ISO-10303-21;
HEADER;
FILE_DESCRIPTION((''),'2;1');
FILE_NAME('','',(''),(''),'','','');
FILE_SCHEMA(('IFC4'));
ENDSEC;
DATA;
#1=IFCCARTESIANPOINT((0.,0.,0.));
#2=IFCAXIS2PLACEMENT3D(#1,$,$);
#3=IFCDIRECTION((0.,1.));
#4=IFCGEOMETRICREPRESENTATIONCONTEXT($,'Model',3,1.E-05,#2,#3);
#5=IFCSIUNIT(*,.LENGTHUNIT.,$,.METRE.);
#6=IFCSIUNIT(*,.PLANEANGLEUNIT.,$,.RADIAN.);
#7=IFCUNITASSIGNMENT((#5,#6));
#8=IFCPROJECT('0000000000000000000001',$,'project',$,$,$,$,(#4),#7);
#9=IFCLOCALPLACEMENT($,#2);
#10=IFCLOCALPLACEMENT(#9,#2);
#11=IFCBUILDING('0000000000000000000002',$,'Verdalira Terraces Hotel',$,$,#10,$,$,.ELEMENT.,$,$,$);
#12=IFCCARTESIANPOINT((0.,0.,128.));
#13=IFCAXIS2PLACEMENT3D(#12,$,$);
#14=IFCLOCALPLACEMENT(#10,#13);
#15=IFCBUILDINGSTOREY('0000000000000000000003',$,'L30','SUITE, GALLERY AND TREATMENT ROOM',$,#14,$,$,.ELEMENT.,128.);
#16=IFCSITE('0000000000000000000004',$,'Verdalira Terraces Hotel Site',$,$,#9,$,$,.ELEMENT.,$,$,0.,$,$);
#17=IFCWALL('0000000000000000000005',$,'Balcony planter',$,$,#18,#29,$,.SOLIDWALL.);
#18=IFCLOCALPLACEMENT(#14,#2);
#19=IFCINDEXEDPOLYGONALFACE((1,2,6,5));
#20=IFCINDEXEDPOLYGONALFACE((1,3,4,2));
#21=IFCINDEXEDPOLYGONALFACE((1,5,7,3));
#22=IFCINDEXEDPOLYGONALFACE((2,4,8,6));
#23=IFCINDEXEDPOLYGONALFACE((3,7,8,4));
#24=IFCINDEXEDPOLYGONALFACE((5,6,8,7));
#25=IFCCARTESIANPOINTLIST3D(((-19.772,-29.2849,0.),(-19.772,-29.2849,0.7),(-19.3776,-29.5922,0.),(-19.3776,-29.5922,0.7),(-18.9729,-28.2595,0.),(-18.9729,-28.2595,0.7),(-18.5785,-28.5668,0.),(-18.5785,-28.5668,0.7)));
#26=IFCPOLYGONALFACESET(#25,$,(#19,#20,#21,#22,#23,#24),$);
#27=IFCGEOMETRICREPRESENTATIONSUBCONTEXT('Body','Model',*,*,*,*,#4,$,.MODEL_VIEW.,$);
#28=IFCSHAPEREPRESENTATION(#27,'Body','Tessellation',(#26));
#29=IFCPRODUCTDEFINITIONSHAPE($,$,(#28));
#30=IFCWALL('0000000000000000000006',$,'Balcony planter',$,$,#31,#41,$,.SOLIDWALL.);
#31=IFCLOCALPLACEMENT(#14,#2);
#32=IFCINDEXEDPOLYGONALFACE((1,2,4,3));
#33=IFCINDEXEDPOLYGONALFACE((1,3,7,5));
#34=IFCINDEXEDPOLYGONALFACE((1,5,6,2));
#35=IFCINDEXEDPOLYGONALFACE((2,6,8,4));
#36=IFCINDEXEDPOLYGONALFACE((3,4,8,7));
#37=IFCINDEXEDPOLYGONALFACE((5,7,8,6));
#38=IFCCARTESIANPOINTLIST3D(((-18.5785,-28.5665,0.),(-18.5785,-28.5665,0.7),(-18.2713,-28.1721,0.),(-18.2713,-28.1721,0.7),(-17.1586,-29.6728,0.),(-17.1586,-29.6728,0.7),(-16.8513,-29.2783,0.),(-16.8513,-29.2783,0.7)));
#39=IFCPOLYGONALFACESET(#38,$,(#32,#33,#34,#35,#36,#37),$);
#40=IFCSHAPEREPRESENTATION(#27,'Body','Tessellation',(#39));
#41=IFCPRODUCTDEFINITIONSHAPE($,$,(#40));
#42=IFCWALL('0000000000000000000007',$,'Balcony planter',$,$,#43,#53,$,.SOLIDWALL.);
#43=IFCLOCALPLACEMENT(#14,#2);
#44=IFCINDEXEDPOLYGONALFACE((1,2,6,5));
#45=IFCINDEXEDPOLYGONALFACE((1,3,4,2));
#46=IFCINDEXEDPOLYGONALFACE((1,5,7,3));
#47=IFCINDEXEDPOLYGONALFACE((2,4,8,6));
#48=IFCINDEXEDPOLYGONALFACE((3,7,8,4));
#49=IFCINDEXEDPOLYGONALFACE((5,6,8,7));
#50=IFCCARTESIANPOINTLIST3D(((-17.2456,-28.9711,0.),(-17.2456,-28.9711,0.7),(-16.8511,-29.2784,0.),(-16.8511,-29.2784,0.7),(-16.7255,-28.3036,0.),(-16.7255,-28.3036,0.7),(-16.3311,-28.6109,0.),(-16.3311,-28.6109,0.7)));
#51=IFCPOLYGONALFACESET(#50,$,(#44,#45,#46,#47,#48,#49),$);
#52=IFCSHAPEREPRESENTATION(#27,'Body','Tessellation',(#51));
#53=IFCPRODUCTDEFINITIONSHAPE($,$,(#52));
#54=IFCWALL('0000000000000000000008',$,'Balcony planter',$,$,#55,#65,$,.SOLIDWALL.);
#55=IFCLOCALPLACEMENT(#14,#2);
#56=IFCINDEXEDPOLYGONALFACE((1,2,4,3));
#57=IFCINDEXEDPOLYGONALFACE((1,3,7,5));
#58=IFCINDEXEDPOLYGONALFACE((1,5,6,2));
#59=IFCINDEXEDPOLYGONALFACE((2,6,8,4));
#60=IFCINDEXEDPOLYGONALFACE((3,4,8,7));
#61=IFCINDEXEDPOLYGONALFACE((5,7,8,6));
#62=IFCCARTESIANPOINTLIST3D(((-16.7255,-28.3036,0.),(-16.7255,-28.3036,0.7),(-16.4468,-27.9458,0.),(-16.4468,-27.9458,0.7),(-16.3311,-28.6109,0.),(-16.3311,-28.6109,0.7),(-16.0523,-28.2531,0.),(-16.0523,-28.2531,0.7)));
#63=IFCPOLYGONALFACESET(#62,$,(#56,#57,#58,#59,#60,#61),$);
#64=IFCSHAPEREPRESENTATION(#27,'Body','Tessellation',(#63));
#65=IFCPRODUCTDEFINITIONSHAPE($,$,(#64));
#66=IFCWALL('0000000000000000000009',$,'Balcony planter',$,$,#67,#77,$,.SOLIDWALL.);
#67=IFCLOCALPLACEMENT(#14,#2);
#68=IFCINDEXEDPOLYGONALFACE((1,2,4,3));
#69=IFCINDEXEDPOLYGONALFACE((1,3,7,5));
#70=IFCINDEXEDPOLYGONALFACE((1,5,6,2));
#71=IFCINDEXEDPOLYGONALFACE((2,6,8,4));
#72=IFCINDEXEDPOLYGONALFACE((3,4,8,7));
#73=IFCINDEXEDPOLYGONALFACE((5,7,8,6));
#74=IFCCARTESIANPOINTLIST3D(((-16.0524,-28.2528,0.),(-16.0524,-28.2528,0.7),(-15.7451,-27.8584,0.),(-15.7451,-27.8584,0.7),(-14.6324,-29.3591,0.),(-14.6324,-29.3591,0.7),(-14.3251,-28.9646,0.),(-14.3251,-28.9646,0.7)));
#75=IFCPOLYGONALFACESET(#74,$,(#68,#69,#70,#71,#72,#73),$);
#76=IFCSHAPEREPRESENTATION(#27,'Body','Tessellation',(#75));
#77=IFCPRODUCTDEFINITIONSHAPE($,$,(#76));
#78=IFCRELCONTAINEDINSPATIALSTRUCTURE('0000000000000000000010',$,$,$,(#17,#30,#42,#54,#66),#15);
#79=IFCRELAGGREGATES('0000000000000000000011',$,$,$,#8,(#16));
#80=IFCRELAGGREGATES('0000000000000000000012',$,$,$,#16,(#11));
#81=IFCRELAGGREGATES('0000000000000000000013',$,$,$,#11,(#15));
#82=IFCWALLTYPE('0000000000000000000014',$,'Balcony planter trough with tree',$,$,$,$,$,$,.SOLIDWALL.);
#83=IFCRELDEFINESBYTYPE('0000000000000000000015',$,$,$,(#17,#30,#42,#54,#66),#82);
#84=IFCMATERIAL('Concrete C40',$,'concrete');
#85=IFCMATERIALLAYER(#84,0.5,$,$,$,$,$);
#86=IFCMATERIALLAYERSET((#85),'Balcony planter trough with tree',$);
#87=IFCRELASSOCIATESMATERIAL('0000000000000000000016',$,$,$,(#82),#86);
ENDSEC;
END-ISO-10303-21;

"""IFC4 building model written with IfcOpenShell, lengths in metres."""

from ifc_helpers import new_model, si_unit, direction, frame, frame_2d, origin, place, context, subcontext, project, spatial, rectangle, extrude, material, layer, layer_set, type_object, element, save


model = new_model("IFC4")

# Units and contexts
model_context = context("Model", 3, precision=1e-05, world=origin(), true_north=direction((0.0, 1.0)))
body_context = subcontext(model_context, "Body", "Model", "MODEL_VIEW")
ifc_project = project(units=[si_unit("LENGTHUNIT", "METRE"), si_unit("PLANEANGLEUNIT", "RADIAN")], contexts=[model_context])

# Site, building, storey
site_placement = place(None, origin())
site = spatial("IfcSite", under=ifc_project, at=site_placement, Name="Verdalira Terraces Hotel Site", CompositionType="ELEMENT", RefElevation=0.0)
building_placement = place(site_placement, origin())
building = spatial("IfcBuilding", under=site, at=building_placement, Name="Verdalira Terraces Hotel", CompositionType="ELEMENT")
storey_placement = place(building_placement, frame((0.0, 0.0, 128.0)))
storey = spatial("IfcBuildingStorey", under=building, at=storey_placement, Name="L30", Description="SUITE, GALLERY AND TREATMENT ROOM", CompositionType="ELEMENT", Elevation=128.0)

# Walls
ifc_material_1 = material(Name="Concrete C40", Category="concrete")
ifc_layer_1 = layer(ifc_material_1, 0.5)
ifc_layer_set_1 = layer_set([ifc_layer_1], Name="Balcony planter trough with tree")
wall_type = type_object("IfcWallType", Name="Balcony planter trough with tree", PredefinedType="SOLIDWALL", material=ifc_layer_set_1)
wall_1_placement = place(storey_placement, frame((-19.5747, -29.4385, 0.0), z_axis=(0.0, 0.0, 1.0), x_axis=(0.614681, 0.788775, 0.0)))
element("IfcWall", 1, at=wall_1_placement, inside=storey, type_object=wall_type, Name="Balcony planter", PredefinedType="SOLIDWALL", context=body_context, shape_type="SweptSolid", body=[
    extrude(rectangle(XDim=1.3, YDim=0.5, at=frame_2d((0.6499, 0.0))), origin(), (0.0, 0.0, 1.0), 0.7),
])
wall_2_placement = place(storey_placement, frame((-18.4248, -28.3694, 0.0), z_axis=(0.0, 0.0, 1.0), x_axis=(0.788863, -0.61457, 0.0)))
element("IfcWall", 2, at=wall_2_placement, inside=storey, type_object=wall_type, Name="Balcony planter", PredefinedType="SOLIDWALL", context=body_context, shape_type="SweptSolid", body=[
    extrude(rectangle(XDim=1.8, YDim=0.5, at=frame_2d((0.8999, 0.0))), origin(), (0.0, 0.0, 1.0), 0.7),
])
wall_3_placement = place(storey_placement, frame((-17.0483, -29.1248, 0.0), z_axis=(0.0, 0.0, 1.0), x_axis=(0.61458, 0.788855, 0.0)))
element("IfcWall", 3, at=wall_3_placement, inside=storey, type_object=wall_type, Name="Balcony planter", PredefinedType="SOLIDWALL", context=body_context, shape_type="SweptSolid", body=[
    extrude(rectangle(XDim=0.8462, YDim=0.5, at=frame_2d((0.4231, 0.0))), origin(), (0.0, 0.0, 1.0), 0.7),
])
wall_4_placement = place(storey_placement, frame((-16.5283, -28.4573, 0.0), z_axis=(0.0, 0.0, 1.0), x_axis=(0.614537, 0.788888, 0.0)))
element("IfcWall", 4, at=wall_4_placement, inside=storey, type_object=wall_type, Name="Balcony planter", PredefinedType="SOLIDWALL", context=body_context, shape_type="SweptSolid", body=[
    extrude(rectangle(XDim=0.4536, YDim=0.5, at=frame_2d((0.2268, 0.0))), origin(), (0.0, 0.0, 1.0), 0.7),
])
wall_5_placement = place(storey_placement, frame((-15.8987, -28.0557, 0.0), z_axis=(0.0, 0.0, 1.0), x_axis=(0.788863, -0.61457, 0.0)))
element("IfcWall", 5, at=wall_5_placement, inside=storey, type_object=wall_type, Name="Balcony planter", PredefinedType="SOLIDWALL", context=body_context, shape_type="SweptSolid", body=[
    extrude(rectangle(XDim=1.8, YDim=0.5, at=frame_2d((0.8999, 0.0))), origin(), (0.0, 0.0, 1.0), 0.7),
])

save(model, "model.ifc")
